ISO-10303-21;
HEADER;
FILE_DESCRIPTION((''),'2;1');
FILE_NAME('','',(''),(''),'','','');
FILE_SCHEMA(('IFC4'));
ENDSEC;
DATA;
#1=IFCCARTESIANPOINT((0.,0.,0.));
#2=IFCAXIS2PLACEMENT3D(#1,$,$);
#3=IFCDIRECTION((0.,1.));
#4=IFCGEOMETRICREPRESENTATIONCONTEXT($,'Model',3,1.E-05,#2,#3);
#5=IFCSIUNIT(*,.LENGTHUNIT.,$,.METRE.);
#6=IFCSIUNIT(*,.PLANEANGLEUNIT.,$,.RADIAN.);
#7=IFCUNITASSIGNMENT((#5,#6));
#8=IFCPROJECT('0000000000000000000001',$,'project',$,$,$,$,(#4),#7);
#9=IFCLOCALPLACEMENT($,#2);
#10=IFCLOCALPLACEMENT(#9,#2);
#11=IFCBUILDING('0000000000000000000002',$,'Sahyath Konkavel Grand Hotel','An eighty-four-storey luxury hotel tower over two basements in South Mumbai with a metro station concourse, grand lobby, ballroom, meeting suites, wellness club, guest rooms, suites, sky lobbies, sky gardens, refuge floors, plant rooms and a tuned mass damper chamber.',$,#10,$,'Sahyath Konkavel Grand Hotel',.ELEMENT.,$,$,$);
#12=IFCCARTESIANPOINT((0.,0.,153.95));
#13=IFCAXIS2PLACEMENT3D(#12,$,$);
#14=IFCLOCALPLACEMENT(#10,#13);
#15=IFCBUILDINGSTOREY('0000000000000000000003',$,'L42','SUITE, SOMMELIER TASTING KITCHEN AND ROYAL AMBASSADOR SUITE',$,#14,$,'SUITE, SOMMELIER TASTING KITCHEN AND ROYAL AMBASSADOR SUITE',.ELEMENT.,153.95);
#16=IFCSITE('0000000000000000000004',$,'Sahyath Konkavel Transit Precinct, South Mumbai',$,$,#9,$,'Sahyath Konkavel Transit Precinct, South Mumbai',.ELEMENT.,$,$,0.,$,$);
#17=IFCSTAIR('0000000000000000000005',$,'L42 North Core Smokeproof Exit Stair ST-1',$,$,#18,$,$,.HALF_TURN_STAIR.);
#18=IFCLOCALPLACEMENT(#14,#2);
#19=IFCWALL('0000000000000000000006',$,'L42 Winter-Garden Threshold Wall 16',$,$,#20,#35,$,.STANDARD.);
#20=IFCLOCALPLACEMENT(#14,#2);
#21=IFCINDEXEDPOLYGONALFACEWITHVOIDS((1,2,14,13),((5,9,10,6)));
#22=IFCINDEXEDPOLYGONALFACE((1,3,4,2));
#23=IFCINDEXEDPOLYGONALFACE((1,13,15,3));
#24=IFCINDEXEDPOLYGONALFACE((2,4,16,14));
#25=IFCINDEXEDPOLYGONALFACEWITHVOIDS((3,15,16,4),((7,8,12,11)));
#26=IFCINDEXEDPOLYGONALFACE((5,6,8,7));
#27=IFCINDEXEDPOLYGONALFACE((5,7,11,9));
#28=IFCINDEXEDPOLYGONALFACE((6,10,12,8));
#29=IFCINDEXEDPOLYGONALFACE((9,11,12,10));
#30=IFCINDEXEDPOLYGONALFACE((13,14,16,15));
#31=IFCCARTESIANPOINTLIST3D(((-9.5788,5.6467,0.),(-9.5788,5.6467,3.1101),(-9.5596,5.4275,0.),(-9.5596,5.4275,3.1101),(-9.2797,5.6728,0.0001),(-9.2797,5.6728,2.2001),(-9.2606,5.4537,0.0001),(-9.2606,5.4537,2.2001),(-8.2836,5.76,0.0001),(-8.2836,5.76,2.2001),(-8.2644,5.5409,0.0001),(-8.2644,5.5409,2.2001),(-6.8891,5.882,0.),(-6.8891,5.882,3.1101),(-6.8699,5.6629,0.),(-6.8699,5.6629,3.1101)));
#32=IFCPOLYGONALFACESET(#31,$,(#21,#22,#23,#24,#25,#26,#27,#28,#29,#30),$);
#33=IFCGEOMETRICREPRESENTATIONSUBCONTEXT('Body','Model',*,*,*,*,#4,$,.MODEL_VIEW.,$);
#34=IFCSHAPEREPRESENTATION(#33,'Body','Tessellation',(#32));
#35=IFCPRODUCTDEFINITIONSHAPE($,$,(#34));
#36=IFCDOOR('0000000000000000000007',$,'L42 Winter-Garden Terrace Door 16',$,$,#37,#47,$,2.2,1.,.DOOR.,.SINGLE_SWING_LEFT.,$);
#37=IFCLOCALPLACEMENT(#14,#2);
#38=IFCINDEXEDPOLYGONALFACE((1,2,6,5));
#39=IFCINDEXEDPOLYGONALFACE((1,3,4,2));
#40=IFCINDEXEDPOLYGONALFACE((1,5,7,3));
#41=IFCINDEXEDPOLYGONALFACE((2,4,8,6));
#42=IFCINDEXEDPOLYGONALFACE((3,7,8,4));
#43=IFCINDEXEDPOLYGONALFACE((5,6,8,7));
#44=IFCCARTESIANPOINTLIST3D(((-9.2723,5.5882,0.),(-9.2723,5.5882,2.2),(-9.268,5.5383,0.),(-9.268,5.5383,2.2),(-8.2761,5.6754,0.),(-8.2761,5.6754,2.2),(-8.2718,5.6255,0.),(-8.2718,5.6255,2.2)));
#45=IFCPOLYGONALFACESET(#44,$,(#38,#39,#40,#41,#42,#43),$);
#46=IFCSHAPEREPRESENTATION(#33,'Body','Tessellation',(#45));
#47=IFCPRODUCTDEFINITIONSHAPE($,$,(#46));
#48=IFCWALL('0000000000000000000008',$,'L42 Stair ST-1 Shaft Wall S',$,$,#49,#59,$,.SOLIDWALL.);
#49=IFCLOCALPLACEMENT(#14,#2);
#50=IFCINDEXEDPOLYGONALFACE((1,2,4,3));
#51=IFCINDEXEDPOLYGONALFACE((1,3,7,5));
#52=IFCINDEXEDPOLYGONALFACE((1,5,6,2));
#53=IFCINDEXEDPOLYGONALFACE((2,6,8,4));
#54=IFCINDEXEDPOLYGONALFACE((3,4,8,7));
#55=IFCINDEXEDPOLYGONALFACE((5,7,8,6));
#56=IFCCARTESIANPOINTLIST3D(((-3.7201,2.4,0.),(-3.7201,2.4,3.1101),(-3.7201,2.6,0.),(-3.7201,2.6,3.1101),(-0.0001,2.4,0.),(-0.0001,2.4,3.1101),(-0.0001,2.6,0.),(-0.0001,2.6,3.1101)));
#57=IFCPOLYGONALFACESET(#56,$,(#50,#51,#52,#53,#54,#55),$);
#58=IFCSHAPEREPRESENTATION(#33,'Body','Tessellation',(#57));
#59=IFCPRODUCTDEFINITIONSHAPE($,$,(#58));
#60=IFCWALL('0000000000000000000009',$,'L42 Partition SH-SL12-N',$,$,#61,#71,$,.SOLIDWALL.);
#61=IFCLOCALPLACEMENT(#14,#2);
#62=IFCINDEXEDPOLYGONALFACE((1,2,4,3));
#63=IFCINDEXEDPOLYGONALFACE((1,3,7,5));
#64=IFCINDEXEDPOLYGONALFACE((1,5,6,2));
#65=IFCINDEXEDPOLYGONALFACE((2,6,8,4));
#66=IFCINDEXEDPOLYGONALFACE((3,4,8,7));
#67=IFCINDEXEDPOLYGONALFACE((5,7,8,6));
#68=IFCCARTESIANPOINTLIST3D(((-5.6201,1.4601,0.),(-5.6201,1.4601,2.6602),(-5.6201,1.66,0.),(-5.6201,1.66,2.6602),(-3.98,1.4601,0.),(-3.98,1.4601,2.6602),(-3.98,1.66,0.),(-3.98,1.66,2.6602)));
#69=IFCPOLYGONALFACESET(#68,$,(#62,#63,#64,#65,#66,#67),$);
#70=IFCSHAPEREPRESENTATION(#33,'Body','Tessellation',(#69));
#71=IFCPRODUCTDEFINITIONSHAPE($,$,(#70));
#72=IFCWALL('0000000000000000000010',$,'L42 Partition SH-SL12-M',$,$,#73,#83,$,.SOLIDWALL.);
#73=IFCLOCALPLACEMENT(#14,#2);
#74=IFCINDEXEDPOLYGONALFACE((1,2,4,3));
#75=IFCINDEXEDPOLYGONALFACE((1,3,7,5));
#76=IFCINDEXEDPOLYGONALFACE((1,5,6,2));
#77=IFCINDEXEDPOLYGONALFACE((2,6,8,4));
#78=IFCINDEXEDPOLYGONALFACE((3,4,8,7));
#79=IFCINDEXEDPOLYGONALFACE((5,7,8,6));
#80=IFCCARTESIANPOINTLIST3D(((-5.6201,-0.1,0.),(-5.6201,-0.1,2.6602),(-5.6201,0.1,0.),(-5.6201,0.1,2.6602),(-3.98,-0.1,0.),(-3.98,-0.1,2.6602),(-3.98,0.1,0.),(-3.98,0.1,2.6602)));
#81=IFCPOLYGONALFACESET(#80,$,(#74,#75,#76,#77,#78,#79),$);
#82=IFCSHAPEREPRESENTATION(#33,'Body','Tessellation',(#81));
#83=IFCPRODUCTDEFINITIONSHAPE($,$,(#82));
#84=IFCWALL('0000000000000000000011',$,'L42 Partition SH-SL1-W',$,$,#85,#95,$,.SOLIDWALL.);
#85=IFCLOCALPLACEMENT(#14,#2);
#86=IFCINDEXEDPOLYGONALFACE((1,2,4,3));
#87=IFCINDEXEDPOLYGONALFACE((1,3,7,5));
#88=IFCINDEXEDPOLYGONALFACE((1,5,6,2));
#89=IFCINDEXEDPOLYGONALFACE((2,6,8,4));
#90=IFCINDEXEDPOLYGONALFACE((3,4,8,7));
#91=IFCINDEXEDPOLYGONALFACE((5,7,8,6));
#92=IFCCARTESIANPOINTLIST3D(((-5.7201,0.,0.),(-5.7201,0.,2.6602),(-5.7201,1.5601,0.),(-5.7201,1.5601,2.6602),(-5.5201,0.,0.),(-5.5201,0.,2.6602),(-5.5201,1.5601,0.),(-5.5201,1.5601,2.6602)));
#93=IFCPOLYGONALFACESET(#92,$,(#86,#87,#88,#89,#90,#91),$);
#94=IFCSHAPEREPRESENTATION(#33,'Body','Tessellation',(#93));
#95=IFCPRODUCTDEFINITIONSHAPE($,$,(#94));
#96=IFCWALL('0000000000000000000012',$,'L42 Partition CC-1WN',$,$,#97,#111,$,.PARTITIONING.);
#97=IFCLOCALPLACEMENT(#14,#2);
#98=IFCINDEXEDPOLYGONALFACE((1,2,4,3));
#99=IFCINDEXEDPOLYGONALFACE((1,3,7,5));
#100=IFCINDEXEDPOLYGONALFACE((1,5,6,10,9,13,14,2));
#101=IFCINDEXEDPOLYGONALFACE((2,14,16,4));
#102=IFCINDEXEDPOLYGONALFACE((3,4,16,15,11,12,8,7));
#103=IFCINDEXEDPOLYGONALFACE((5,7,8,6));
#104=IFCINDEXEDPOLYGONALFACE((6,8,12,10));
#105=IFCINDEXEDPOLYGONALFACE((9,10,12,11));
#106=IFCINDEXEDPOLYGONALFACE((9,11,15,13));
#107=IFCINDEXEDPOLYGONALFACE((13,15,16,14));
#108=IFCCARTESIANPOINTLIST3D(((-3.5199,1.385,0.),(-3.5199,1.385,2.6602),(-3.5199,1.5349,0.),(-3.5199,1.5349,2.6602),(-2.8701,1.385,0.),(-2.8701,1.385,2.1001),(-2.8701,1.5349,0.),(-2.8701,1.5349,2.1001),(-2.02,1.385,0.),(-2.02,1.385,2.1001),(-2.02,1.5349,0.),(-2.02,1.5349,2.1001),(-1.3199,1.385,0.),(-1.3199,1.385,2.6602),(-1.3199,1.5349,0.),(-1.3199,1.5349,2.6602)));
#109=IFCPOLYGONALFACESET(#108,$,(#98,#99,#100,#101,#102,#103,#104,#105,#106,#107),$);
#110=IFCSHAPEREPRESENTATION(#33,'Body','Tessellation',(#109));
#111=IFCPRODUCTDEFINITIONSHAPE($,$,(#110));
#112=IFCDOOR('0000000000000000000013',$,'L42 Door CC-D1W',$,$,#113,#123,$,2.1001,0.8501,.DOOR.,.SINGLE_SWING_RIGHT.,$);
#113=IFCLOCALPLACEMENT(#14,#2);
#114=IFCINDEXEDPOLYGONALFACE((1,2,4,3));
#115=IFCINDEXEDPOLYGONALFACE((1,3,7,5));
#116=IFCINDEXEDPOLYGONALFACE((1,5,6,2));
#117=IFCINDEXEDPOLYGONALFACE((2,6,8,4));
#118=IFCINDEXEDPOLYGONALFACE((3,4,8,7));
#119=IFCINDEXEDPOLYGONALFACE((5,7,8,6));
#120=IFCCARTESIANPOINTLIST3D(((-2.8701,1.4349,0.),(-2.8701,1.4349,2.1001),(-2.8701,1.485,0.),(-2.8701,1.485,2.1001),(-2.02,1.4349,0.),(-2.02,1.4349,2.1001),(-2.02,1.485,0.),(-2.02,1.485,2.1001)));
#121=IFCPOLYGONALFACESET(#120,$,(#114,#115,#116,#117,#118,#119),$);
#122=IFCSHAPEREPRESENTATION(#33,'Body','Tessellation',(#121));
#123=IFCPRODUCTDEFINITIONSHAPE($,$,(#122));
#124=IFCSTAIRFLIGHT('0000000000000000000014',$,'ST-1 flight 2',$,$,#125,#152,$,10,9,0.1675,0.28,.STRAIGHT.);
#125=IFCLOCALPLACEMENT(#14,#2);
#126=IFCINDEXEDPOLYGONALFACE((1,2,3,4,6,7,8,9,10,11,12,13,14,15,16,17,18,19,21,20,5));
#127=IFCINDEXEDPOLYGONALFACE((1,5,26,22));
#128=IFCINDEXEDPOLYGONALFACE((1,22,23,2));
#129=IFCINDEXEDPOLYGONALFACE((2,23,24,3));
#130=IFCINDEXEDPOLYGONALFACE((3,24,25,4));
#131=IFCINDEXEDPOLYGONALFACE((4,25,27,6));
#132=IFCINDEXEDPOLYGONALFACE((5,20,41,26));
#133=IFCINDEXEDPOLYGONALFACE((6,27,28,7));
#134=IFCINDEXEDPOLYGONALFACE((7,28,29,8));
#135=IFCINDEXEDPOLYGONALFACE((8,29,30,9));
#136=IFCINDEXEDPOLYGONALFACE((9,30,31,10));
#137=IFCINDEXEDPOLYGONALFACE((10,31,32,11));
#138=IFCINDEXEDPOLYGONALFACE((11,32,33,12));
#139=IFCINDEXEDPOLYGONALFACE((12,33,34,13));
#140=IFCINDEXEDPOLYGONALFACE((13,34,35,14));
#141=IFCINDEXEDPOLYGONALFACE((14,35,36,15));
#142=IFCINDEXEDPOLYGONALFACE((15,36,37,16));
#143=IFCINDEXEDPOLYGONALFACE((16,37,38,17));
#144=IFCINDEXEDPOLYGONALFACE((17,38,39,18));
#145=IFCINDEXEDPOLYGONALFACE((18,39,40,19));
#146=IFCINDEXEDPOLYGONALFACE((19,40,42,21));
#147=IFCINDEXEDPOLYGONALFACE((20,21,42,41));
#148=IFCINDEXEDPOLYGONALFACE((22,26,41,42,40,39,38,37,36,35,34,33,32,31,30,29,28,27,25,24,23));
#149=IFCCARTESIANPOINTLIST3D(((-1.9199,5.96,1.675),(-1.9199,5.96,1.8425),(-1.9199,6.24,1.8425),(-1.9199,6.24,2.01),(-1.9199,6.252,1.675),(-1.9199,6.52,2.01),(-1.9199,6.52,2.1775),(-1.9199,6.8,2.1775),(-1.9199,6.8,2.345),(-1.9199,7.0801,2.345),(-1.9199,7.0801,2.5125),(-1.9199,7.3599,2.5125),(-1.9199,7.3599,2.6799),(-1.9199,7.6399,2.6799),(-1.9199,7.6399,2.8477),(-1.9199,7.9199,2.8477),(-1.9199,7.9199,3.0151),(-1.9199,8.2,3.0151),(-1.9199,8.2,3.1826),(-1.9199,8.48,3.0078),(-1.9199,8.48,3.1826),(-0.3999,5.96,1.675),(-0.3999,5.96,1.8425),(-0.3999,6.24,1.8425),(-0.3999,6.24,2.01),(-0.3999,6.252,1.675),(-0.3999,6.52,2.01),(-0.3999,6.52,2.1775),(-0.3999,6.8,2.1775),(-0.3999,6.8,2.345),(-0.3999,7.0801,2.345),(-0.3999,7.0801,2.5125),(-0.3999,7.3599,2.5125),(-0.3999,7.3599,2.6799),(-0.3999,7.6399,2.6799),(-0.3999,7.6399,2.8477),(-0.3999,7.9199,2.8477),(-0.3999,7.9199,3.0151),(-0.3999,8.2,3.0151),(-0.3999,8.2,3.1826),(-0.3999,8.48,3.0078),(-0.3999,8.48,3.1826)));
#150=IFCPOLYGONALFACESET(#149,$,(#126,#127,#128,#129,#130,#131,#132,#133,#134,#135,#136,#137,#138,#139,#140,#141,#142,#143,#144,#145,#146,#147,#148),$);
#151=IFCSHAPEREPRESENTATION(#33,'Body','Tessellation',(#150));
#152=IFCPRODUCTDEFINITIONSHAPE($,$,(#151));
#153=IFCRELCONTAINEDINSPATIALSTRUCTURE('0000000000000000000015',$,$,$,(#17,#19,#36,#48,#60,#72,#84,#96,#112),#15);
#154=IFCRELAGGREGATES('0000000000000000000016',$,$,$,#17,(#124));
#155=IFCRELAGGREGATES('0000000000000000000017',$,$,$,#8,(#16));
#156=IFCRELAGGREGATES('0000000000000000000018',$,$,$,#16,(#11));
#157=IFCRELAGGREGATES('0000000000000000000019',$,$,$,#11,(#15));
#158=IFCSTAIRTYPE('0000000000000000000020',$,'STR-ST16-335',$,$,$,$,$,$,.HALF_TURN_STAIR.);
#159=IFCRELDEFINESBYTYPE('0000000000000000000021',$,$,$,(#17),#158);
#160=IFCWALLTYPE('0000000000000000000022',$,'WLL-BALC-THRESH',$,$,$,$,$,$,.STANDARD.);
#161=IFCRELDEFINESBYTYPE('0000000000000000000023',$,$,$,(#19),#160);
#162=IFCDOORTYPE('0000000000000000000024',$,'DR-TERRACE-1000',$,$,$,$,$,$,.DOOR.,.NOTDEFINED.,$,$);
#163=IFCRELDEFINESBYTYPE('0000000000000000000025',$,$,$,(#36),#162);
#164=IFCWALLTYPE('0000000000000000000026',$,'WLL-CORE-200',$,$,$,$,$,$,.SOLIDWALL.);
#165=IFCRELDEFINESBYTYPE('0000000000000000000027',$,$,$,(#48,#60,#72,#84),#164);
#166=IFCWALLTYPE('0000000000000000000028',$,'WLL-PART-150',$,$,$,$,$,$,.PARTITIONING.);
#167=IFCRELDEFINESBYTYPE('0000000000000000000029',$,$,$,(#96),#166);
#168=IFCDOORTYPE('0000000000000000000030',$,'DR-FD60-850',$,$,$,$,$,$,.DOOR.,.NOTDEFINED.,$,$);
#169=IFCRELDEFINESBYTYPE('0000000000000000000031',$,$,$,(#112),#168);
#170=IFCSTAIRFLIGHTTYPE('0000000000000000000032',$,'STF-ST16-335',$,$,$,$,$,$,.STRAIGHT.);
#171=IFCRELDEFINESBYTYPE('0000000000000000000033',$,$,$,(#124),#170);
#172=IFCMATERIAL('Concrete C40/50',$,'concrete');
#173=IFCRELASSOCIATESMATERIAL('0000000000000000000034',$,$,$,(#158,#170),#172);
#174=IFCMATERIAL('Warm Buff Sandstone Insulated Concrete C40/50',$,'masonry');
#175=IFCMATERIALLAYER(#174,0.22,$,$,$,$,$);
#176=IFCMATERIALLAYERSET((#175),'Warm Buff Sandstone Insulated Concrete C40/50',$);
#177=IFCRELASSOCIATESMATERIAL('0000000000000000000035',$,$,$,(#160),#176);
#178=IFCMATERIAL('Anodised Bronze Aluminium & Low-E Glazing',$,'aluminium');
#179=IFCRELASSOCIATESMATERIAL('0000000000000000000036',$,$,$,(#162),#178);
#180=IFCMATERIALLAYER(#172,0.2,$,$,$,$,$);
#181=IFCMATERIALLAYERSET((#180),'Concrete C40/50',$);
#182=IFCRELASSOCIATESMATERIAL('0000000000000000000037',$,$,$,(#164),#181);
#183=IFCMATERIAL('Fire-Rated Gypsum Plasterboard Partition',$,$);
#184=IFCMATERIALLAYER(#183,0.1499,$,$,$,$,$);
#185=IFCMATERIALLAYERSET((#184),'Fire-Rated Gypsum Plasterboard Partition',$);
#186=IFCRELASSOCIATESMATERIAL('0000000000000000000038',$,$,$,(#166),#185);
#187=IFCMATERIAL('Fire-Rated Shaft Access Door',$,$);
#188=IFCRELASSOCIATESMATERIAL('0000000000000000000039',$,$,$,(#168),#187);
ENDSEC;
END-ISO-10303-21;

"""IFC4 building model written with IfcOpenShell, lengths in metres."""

from ifc_helpers import new_model, si_unit, direction, frame, frame_2d, origin, origin_2d, place, context, subcontext, project, spatial, polyline, rectangle, outline, extrude, source, transform, mapped, material, layer, layer_set, type_object, element, fill, aggregate, save


model = new_model("IFC4")

# Units and contexts
model_context = context("Model", 3, precision=1e-05, world=origin(), true_north=direction((0.0, 1.0)))
body_context = subcontext(model_context, "Body", "Model", "MODEL_VIEW")
ifc_project = project(units=[si_unit("LENGTHUNIT", "METRE"), si_unit("PLANEANGLEUNIT", "RADIAN")], contexts=[model_context])

# Site, building, storey
site_placement = place(None, origin())
site = spatial("IfcSite", under=ifc_project, at=site_placement, Name="Sahyath Konkavel Transit Precinct, South Mumbai", LongName="Sahyath Konkavel Transit Precinct, South Mumbai", CompositionType="ELEMENT", RefElevation=0.0)
building_placement = place(site_placement, origin())
building = spatial("IfcBuilding", under=site, at=building_placement, Name="Sahyath Konkavel Grand Hotel", Description="An eighty-four-storey luxury hotel tower over two basements in South Mumbai with a metro station concourse, grand lobby, ballroom, meeting suites, wellness club, guest rooms, suites, sky lobbies, sky gardens, refuge floors, plant rooms and a tuned mass damper chamber.", LongName="Sahyath Konkavel Grand Hotel", CompositionType="ELEMENT")
storey_placement = place(building_placement, frame((0.0, 0.0, 153.95)))
storey = spatial("IfcBuildingStorey", under=building, at=storey_placement, Name="L42", Description="SUITE, SOMMELIER TASTING KITCHEN AND ROYAL AMBASSADOR SUITE", LongName="SUITE, SOMMELIER TASTING KITCHEN AND ROYAL AMBASSADOR SUITE", CompositionType="ELEMENT", Elevation=153.95)

# Shared definitions
ifc_material_1 = material(Name="Anodised Bronze Aluminium & Low-E Glazing", Category="aluminium")

# Shared definitions
ifc_material_2 = material(Name="Concrete C40/50", Category="concrete")

# Stair
stair_type = type_object("IfcStairType", Name="STR-ST16-335", PredefinedType="HALF_TURN_STAIR", material=ifc_material_2)
stair_1_placement = place(storey_placement, origin())
stair_1 = element("IfcStair", 1, at=stair_1_placement, inside=storey, type_object=stair_type, Name="L42 North Core Smokeproof Exit Stair ST-1", PredefinedType="HALF_TURN_STAIR")

# Wall, opening, door
ifc_material_3 = material(Name="Warm Buff Sandstone Insulated Concrete C40/50", Category="masonry")
ifc_layer_1 = layer(ifc_material_3, 0.22)
ifc_layer_set_1 = layer_set([ifc_layer_1], Name="Warm Buff Sandstone Insulated Concrete C40/50")
wall_type_1 = type_object("IfcWallType", Name="WLL-BALC-THRESH", PredefinedType="STANDARD", material=ifc_layer_set_1)
wall_1_placement = place(storey_placement, frame((-6.8794, 5.7725, 0.0), z_axis=(0.0, 0.0, 1.0), x_axis=(-0.996194, -0.087168, 0.0)))
wall_1 = element("IfcWall", 2, at=wall_1_placement, inside=storey, type_object=wall_type_1, Name="L42 Winter-Garden Threshold Wall 16", PredefinedType="STANDARD", context=body_context, shape_type="SweptSolid", body=[
    extrude(rectangle(XDim=2.7, YDim=0.22, at=frame_2d((1.3501, 0.0))), origin(), (0.0, 0.0, 1.0), 3.1101),
])
opening_1_placement = place(wall_1_placement, frame((1.3999, 0.0, 0.0)))
opening_1 = element("IfcOpeningElement", 3, at=opening_1_placement, cuts=wall_1, PredefinedType="OPENING", context=body_context, shape_type="SweptSolid", body=[
    extrude(rectangle(XDim=1.0, YDim=2.2, at=frame_2d((0.5, 1.1001))), frame((0.0, 0.1201, 0.0), z_axis=(0.0, -1.0, 0.0), x_axis=(1.0, 0.0, 0.0)), (0.0, 0.0, 1.0), 0.24),
])
door_type_1 = type_object("IfcDoorType", Name="DR-TERRACE-1000", OperationType="NOTDEFINED", PredefinedType="DOOR", material=ifc_material_1)
shared_shape_1 = source(origin(), body_context, "Body", "SweptSolid", [
    extrude(rectangle(XDim=1.0, YDim=0.05, at=origin_2d()), origin(), (0.0, 0.0, 1.0), 2.2),
])
door_1_placement = place(opening_1_placement, frame((0.5, 0.0, 0.0)))
door_1 = element("IfcDoor", 4, at=door_1_placement, inside=storey, type_object=door_type_1, Name="L42 Winter-Garden Terrace Door 16", OperationType="SINGLE_SWING_LEFT", OverallHeight=2.2, OverallWidth=1.0, PredefinedType="DOOR", context=body_context, shape_type="MappedRepresentation", body=[
    mapped(shared_shape_1, transform((0.0, 0.0, 0.0), scale=1.0)),
])
fill(opening_1, door_1)

# Walls
ifc_layer_2 = layer(ifc_material_2, 0.2)
ifc_layer_set_2 = layer_set([ifc_layer_2], Name="Concrete C40/50")
wall_type_2 = type_object("IfcWallType", Name="WLL-CORE-200", PredefinedType="SOLIDWALL", material=ifc_layer_set_2)
wall_2_placement = place(storey_placement, frame((-3.72, 2.5, 0.0), z_axis=(0.0, 0.0, 1.0), x_axis=(1.0, 0.0, 0.0)))
element("IfcWall", 5, at=wall_2_placement, inside=storey, type_object=wall_type_2, Name="L42 Stair ST-1 Shaft Wall S", PredefinedType="SOLIDWALL", context=body_context, shape_type="SweptSolid", body=[
    extrude(rectangle(XDim=3.72, YDim=0.2, at=frame_2d((1.8599, 0.0))), origin(), (0.0, 0.0, 1.0), 3.1101),
])
for number, where, z_axis, x_axis, name in (
    (6, (-5.6201, 1.5601, 0.0), (0.0, 0.0, 1.0), (1.0, 0.0, 0.0), "L42 Partition SH-SL12-N"),
    (7, (-5.6201, 0.0, 0.0), (0.0, 0.0, 1.0), (1.0, 0.0, 0.0), "L42 Partition SH-SL12-M"),
):
    element("IfcWall", number, at=place(storey_placement, frame(where, z_axis=z_axis, x_axis=x_axis)), inside=storey, type_object=wall_type_2, Name=name, PredefinedType="SOLIDWALL", context=body_context, shape_type="SweptSolid", body=[
        extrude(rectangle(XDim=1.6401, YDim=0.2, at=frame_2d((0.8201, 0.0))), origin(), (0.0, 0.0, 1.0), 2.6602),
    ])
wall_3_placement = place(storey_placement, frame((-5.6201, 0.0, 0.0), z_axis=(0.0, 0.0, 1.0), x_axis=(0.0, 1.0, 0.0)))
element("IfcWall", 8, at=wall_3_placement, inside=storey, type_object=wall_type_2, Name="L42 Partition SH-SL1-W", PredefinedType="SOLIDWALL", context=body_context, shape_type="SweptSolid", body=[
    extrude(rectangle(XDim=1.5601, YDim=0.2, at=frame_2d((0.78, 0.0))), origin(), (0.0, 0.0, 1.0), 2.6602),
])

# Wall, opening, door
ifc_material_4 = material(Name="Fire-Rated Gypsum Plasterboard Partition")
ifc_layer_3 = layer(ifc_material_4, 0.1499)
ifc_layer_set_3 = layer_set([ifc_layer_3], Name="Fire-Rated Gypsum Plasterboard Partition")
wall_type_3 = type_object("IfcWallType", Name="WLL-PART-150", PredefinedType="PARTITIONING", material=ifc_layer_set_3)
wall_4_placement = place(storey_placement, frame((-3.52, 1.46, 0.0), z_axis=(0.0, 0.0, 1.0), x_axis=(1.0, 0.0, 0.0)))
wall_4 = element("IfcWall", 9, at=wall_4_placement, inside=storey, type_object=wall_type_3, Name="L42 Partition CC-1WN", PredefinedType="PARTITIONING", context=body_context, shape_type="SweptSolid", body=[
    extrude(rectangle(XDim=2.2, YDim=0.1499, at=frame_2d((1.1001, 0.0))), origin(), (0.0, 0.0, 1.0), 2.6602),
])
opening_2_placement = place(wall_4_placement, frame((0.6499, 0.0, 0.0)))
opening_2 = element("IfcOpeningElement", 10, at=opening_2_placement, cuts=wall_4, PredefinedType="OPENING", context=body_context, shape_type="SweptSolid", body=[
    extrude(rectangle(XDim=0.8501, YDim=2.1001, at=frame_2d((0.425, 1.05))), frame((0.0, 0.085, 0.0), z_axis=(0.0, -1.0, 0.0), x_axis=(1.0, 0.0, 0.0)), (0.0, 0.0, 1.0), 0.1699),
])
ifc_material_5 = material(Name="Fire-Rated Shaft Access Door")
door_type_2 = type_object("IfcDoorType", Name="DR-FD60-850", OperationType="NOTDEFINED", PredefinedType="DOOR", material=ifc_material_5)
shared_shape_2 = source(origin(), body_context, "Body", "SweptSolid", [
    extrude(rectangle(XDim=0.8501, YDim=0.05, at=origin_2d()), origin(), (0.0, 0.0, 1.0), 2.1001),
])
door_2_placement = place(opening_2_placement, frame((0.425, 0.0, 0.0)))
door_2 = element("IfcDoor", 11, at=door_2_placement, inside=storey, type_object=door_type_2, Name="L42 Door CC-D1W", OperationType="SINGLE_SWING_RIGHT", OverallHeight=2.1001, OverallWidth=0.8501, PredefinedType="DOOR", context=body_context, shape_type="MappedRepresentation", body=[
    mapped(shared_shape_2, transform((0.0, 0.0, 0.0), scale=1.0)),
])
fill(opening_2, door_2)

# Stair flight
stair_flight_type = type_object("IfcStairFlightType", Name="STF-ST16-335", PredefinedType="STRAIGHT", material=ifc_material_2)
stair_flight_placement = place(storey_placement, frame((-1.1599, 5.96, 1.675), z_axis=(0.0, 0.0, 1.0), x_axis=(0.0, 1.0, 0.0)))
stair_flight = element("IfcStairFlight", 12, at=stair_flight_placement, type_object=stair_flight_type, Name="ST-1 flight 2", NumberOfRisers=10, NumberOfTreads=9, PredefinedType="STRAIGHT", RiserHeight=0.1675, TreadLength=0.28, context=body_context, shape_type="SweptSolid", body=[
    extrude(outline(polyline([(0.0, 0.0), (0.0, 0.1675), (0.28, 0.1675), (0.28, 0.335), (0.5601, 0.335), (0.5601, 0.5024), (0.8401, 0.5024), (0.8401, 0.6699), (1.1201, 0.6699), (1.1201, 0.8374), (1.3999, 0.8374), (1.3999, 1.0049), (1.6799, 1.0049), (1.6799, 1.1726), (1.96, 1.1726), (1.96, 1.3401), (2.24, 1.3401), (2.24, 1.5076), (2.52, 1.5076), (2.52, 1.675), (2.52, 1.3328), (0.292, 0.0), (0.0, 0.0)])), frame((0.0, 0.76, 0.0), z_axis=(0.0, -1.0, 0.0), x_axis=(1.0, 0.0, 0.0)), (0.0, 0.0, 1.0), 1.52),
])
aggregate(stair_1, [stair_flight])

save(model, "model.ifc")
